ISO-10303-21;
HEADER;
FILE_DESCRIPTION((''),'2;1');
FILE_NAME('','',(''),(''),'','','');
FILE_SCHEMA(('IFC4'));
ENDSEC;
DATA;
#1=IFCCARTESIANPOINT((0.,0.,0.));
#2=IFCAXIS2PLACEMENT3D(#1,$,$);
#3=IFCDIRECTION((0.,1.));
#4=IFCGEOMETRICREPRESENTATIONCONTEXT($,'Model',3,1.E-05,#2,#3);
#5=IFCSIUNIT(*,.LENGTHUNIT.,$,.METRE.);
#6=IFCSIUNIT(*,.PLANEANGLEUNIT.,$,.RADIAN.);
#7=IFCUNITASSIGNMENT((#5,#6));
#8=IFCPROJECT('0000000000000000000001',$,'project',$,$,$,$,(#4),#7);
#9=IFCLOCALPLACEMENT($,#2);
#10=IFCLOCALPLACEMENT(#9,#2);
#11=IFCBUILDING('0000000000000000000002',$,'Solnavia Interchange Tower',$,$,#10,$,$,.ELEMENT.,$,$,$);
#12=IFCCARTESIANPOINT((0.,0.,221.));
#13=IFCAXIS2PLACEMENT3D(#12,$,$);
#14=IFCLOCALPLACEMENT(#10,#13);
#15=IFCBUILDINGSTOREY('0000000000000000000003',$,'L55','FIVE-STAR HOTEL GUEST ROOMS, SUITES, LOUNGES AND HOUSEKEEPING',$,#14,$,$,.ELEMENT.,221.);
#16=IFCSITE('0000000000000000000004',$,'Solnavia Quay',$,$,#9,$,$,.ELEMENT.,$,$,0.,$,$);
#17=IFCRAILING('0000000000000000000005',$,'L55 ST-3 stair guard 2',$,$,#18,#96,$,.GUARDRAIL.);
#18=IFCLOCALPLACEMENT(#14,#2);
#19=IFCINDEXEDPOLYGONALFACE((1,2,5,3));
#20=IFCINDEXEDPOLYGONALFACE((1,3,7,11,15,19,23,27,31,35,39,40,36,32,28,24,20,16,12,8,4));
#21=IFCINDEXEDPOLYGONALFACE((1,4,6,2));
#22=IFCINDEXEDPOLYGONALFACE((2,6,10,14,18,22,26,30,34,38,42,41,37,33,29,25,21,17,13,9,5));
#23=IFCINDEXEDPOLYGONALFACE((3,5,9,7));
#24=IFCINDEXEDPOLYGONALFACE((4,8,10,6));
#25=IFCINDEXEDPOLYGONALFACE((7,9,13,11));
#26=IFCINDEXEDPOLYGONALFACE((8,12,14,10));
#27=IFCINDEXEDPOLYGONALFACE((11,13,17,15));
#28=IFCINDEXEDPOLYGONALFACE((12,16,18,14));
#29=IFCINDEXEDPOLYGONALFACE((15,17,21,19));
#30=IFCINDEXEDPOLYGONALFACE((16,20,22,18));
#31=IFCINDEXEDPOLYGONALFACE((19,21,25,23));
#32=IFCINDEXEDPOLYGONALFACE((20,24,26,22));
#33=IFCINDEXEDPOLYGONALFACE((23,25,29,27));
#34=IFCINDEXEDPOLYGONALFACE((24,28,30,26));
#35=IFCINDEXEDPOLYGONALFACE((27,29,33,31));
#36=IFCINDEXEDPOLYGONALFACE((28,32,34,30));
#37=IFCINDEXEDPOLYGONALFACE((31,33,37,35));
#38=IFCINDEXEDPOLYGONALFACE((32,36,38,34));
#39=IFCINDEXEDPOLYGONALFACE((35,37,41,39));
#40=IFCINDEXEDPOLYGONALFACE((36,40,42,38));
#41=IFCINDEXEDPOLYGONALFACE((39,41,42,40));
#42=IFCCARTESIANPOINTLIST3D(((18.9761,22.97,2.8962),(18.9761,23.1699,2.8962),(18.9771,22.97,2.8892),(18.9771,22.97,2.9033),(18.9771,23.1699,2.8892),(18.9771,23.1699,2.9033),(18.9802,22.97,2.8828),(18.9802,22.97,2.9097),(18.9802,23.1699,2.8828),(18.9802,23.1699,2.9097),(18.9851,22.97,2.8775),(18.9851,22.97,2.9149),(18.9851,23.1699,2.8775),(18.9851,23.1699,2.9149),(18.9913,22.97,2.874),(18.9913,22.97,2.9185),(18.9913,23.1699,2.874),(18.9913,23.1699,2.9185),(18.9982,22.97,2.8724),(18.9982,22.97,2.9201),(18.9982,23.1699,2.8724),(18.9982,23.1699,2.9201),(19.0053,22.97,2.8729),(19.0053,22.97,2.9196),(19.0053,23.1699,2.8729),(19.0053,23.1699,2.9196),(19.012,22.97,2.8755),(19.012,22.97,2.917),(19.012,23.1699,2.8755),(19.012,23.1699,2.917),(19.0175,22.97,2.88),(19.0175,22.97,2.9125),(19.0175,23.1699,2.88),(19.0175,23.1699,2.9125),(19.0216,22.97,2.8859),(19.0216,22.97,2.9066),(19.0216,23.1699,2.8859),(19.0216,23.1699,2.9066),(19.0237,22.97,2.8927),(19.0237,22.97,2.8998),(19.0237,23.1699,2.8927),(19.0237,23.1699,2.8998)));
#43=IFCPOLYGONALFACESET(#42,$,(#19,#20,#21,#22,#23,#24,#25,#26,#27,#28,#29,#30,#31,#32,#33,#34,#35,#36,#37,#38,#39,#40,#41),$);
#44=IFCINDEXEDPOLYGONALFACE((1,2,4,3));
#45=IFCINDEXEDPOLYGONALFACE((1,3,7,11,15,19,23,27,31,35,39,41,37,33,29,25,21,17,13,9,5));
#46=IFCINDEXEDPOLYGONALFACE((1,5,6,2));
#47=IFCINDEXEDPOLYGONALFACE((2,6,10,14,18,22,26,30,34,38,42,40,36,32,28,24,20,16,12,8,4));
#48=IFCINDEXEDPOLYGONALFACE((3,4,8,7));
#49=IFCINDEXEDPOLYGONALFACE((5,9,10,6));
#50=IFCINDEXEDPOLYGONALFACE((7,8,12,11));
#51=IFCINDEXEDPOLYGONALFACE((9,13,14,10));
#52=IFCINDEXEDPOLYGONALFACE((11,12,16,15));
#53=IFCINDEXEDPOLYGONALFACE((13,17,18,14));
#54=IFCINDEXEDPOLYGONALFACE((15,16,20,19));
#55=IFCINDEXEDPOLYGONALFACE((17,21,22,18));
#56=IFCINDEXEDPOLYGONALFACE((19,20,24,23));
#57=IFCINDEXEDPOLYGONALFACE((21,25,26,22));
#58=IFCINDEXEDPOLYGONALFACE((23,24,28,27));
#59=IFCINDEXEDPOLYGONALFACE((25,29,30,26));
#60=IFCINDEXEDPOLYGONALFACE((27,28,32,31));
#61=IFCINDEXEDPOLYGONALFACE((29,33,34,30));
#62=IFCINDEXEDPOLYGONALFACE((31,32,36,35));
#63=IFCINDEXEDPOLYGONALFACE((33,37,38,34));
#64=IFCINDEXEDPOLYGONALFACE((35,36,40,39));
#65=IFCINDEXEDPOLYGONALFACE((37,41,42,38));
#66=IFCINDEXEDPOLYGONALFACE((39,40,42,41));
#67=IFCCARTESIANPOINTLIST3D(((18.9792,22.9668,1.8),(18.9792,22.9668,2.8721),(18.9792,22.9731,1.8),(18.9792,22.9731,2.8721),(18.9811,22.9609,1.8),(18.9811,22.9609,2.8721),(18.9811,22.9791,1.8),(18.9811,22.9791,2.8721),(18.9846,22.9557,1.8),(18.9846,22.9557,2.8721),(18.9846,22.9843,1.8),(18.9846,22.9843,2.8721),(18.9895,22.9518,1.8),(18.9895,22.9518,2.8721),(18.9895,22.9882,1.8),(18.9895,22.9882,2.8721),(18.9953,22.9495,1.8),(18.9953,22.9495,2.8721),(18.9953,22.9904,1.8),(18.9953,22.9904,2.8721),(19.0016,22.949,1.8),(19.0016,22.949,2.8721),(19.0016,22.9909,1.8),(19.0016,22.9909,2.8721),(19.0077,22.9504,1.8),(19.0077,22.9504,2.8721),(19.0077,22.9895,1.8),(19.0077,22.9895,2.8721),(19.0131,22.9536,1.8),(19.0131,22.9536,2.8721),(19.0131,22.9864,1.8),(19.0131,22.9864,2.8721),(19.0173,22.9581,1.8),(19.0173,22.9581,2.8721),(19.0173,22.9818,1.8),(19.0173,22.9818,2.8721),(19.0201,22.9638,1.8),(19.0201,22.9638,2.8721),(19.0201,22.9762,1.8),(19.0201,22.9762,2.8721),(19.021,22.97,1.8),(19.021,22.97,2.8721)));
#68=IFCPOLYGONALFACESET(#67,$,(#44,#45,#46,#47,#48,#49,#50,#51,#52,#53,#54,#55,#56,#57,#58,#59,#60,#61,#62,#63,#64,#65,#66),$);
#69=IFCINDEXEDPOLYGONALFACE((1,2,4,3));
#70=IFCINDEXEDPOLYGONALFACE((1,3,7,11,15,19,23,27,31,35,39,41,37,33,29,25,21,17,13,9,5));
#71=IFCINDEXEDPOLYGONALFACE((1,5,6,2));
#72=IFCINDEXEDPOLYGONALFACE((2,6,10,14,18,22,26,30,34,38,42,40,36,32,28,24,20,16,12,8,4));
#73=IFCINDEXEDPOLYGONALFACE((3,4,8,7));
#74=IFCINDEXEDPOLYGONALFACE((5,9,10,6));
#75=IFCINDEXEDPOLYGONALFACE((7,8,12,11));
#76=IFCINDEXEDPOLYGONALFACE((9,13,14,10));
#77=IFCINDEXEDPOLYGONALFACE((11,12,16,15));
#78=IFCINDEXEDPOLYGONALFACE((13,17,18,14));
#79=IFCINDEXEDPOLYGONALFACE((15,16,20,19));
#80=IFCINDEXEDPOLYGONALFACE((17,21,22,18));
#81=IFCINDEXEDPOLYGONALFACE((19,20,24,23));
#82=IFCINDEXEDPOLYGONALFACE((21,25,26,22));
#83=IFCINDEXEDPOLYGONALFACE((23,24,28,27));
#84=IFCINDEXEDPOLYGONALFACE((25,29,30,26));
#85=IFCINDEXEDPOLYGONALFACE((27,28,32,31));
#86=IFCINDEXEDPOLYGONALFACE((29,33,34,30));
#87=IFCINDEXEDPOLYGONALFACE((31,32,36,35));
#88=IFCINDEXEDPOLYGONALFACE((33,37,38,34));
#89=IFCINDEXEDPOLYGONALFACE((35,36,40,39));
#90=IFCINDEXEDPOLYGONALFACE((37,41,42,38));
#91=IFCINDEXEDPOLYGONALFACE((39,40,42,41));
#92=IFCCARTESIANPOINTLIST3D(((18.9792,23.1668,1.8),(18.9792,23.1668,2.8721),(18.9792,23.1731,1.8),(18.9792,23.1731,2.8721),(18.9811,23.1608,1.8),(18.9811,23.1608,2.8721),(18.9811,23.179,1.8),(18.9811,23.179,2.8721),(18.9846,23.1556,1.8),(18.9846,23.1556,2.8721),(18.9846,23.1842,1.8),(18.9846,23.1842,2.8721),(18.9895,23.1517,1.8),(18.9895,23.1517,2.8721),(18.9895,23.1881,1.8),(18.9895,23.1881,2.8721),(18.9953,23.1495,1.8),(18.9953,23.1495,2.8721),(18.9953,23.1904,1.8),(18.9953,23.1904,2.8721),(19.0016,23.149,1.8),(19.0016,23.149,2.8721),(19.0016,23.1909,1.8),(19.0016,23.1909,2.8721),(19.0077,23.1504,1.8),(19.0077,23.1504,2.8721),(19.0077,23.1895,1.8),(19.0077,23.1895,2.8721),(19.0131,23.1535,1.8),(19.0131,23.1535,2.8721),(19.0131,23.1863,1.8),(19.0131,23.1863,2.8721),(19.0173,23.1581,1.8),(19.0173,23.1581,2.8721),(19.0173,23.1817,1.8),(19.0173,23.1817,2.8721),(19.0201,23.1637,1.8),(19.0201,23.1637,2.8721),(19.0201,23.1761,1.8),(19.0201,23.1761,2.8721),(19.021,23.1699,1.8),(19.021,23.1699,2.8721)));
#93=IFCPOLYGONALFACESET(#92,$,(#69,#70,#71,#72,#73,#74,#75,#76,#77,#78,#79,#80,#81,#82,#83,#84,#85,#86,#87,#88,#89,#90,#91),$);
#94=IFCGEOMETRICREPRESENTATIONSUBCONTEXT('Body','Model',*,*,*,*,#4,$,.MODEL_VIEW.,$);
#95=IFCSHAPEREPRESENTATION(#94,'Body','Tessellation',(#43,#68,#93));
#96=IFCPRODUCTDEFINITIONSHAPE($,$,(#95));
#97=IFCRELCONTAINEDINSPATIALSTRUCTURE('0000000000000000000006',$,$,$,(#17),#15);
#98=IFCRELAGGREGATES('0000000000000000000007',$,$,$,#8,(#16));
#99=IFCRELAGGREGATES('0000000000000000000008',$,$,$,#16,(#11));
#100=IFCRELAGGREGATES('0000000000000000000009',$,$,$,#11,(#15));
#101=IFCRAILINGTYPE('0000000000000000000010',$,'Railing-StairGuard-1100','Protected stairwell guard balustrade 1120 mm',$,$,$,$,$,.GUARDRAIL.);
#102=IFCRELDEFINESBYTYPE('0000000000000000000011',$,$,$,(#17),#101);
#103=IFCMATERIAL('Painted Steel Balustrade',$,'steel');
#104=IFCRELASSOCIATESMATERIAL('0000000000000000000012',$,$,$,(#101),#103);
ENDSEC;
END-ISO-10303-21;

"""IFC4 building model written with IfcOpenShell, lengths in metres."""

from ifc_helpers import new_model, si_unit, direction, frame, origin, origin_2d, place, context, subcontext, project, spatial, circle, extrude, material, type_object, element, save


model = new_model("IFC4")

# Units and contexts
model_context = context("Model", 3, precision=1e-05, world=origin(), true_north=direction((0.0, 1.0)))
body_context = subcontext(model_context, "Body", "Model", "MODEL_VIEW")
ifc_project = project(units=[si_unit("LENGTHUNIT", "METRE"), si_unit("PLANEANGLEUNIT", "RADIAN")], contexts=[model_context])

# Site, building, storey
site_placement = place(None, origin())
site = spatial("IfcSite", under=ifc_project, at=site_placement, Name="Solnavia Quay", CompositionType="ELEMENT", RefElevation=0.0)
building_placement = place(site_placement, origin())
building = spatial("IfcBuilding", under=site, at=building_placement, Name="Solnavia Interchange Tower", CompositionType="ELEMENT")
storey_placement = place(building_placement, frame((0.0, 0.0, 221.0)))
storey = spatial("IfcBuildingStorey", under=building, at=storey_placement, Name="L55", Description="FIVE-STAR HOTEL GUEST ROOMS, SUITES, LOUNGES AND HOUSEKEEPING", CompositionType="ELEMENT", Elevation=221.0)

# Railing
ifc_material_1 = material(Name="Painted Steel Balustrade", Category="steel")
railing_type_1 = type_object("IfcRailingType", Name="Railing-StairGuard-1100", Description="Protected stairwell guard balustrade 1120 mm", PredefinedType="GUARDRAIL", material=ifc_material_1)
railing_1_placement = place(storey_placement, frame((19.0, 22.97, 1.8)))
element("IfcRailing", 1, at=railing_1_placement, inside=storey, type_object=railing_type_1, Name="L55 ST-3 stair guard 2", PredefinedType="GUARDRAIL", context=body_context, shape_type="SweptSolid", body=[
    extrude(circle(Radius=0.0239, at=origin_2d()), frame((0.0, 0.0, 1.0962), z_axis=(0.0, 1.0, 0.0), x_axis=(-1.0, 0.0, 0.0)), (0.0, 0.0, 1.0), 0.2),
    extrude(circle(Radius=0.021, at=origin_2d()), origin(), (0.0, 0.0, 1.0), 1.072),
    extrude(circle(Radius=0.021, at=origin_2d()), frame((0.0, 0.2, 0.0)), (0.0, 0.0, 1.0), 1.072),
])

save(model, "model.ifc")
